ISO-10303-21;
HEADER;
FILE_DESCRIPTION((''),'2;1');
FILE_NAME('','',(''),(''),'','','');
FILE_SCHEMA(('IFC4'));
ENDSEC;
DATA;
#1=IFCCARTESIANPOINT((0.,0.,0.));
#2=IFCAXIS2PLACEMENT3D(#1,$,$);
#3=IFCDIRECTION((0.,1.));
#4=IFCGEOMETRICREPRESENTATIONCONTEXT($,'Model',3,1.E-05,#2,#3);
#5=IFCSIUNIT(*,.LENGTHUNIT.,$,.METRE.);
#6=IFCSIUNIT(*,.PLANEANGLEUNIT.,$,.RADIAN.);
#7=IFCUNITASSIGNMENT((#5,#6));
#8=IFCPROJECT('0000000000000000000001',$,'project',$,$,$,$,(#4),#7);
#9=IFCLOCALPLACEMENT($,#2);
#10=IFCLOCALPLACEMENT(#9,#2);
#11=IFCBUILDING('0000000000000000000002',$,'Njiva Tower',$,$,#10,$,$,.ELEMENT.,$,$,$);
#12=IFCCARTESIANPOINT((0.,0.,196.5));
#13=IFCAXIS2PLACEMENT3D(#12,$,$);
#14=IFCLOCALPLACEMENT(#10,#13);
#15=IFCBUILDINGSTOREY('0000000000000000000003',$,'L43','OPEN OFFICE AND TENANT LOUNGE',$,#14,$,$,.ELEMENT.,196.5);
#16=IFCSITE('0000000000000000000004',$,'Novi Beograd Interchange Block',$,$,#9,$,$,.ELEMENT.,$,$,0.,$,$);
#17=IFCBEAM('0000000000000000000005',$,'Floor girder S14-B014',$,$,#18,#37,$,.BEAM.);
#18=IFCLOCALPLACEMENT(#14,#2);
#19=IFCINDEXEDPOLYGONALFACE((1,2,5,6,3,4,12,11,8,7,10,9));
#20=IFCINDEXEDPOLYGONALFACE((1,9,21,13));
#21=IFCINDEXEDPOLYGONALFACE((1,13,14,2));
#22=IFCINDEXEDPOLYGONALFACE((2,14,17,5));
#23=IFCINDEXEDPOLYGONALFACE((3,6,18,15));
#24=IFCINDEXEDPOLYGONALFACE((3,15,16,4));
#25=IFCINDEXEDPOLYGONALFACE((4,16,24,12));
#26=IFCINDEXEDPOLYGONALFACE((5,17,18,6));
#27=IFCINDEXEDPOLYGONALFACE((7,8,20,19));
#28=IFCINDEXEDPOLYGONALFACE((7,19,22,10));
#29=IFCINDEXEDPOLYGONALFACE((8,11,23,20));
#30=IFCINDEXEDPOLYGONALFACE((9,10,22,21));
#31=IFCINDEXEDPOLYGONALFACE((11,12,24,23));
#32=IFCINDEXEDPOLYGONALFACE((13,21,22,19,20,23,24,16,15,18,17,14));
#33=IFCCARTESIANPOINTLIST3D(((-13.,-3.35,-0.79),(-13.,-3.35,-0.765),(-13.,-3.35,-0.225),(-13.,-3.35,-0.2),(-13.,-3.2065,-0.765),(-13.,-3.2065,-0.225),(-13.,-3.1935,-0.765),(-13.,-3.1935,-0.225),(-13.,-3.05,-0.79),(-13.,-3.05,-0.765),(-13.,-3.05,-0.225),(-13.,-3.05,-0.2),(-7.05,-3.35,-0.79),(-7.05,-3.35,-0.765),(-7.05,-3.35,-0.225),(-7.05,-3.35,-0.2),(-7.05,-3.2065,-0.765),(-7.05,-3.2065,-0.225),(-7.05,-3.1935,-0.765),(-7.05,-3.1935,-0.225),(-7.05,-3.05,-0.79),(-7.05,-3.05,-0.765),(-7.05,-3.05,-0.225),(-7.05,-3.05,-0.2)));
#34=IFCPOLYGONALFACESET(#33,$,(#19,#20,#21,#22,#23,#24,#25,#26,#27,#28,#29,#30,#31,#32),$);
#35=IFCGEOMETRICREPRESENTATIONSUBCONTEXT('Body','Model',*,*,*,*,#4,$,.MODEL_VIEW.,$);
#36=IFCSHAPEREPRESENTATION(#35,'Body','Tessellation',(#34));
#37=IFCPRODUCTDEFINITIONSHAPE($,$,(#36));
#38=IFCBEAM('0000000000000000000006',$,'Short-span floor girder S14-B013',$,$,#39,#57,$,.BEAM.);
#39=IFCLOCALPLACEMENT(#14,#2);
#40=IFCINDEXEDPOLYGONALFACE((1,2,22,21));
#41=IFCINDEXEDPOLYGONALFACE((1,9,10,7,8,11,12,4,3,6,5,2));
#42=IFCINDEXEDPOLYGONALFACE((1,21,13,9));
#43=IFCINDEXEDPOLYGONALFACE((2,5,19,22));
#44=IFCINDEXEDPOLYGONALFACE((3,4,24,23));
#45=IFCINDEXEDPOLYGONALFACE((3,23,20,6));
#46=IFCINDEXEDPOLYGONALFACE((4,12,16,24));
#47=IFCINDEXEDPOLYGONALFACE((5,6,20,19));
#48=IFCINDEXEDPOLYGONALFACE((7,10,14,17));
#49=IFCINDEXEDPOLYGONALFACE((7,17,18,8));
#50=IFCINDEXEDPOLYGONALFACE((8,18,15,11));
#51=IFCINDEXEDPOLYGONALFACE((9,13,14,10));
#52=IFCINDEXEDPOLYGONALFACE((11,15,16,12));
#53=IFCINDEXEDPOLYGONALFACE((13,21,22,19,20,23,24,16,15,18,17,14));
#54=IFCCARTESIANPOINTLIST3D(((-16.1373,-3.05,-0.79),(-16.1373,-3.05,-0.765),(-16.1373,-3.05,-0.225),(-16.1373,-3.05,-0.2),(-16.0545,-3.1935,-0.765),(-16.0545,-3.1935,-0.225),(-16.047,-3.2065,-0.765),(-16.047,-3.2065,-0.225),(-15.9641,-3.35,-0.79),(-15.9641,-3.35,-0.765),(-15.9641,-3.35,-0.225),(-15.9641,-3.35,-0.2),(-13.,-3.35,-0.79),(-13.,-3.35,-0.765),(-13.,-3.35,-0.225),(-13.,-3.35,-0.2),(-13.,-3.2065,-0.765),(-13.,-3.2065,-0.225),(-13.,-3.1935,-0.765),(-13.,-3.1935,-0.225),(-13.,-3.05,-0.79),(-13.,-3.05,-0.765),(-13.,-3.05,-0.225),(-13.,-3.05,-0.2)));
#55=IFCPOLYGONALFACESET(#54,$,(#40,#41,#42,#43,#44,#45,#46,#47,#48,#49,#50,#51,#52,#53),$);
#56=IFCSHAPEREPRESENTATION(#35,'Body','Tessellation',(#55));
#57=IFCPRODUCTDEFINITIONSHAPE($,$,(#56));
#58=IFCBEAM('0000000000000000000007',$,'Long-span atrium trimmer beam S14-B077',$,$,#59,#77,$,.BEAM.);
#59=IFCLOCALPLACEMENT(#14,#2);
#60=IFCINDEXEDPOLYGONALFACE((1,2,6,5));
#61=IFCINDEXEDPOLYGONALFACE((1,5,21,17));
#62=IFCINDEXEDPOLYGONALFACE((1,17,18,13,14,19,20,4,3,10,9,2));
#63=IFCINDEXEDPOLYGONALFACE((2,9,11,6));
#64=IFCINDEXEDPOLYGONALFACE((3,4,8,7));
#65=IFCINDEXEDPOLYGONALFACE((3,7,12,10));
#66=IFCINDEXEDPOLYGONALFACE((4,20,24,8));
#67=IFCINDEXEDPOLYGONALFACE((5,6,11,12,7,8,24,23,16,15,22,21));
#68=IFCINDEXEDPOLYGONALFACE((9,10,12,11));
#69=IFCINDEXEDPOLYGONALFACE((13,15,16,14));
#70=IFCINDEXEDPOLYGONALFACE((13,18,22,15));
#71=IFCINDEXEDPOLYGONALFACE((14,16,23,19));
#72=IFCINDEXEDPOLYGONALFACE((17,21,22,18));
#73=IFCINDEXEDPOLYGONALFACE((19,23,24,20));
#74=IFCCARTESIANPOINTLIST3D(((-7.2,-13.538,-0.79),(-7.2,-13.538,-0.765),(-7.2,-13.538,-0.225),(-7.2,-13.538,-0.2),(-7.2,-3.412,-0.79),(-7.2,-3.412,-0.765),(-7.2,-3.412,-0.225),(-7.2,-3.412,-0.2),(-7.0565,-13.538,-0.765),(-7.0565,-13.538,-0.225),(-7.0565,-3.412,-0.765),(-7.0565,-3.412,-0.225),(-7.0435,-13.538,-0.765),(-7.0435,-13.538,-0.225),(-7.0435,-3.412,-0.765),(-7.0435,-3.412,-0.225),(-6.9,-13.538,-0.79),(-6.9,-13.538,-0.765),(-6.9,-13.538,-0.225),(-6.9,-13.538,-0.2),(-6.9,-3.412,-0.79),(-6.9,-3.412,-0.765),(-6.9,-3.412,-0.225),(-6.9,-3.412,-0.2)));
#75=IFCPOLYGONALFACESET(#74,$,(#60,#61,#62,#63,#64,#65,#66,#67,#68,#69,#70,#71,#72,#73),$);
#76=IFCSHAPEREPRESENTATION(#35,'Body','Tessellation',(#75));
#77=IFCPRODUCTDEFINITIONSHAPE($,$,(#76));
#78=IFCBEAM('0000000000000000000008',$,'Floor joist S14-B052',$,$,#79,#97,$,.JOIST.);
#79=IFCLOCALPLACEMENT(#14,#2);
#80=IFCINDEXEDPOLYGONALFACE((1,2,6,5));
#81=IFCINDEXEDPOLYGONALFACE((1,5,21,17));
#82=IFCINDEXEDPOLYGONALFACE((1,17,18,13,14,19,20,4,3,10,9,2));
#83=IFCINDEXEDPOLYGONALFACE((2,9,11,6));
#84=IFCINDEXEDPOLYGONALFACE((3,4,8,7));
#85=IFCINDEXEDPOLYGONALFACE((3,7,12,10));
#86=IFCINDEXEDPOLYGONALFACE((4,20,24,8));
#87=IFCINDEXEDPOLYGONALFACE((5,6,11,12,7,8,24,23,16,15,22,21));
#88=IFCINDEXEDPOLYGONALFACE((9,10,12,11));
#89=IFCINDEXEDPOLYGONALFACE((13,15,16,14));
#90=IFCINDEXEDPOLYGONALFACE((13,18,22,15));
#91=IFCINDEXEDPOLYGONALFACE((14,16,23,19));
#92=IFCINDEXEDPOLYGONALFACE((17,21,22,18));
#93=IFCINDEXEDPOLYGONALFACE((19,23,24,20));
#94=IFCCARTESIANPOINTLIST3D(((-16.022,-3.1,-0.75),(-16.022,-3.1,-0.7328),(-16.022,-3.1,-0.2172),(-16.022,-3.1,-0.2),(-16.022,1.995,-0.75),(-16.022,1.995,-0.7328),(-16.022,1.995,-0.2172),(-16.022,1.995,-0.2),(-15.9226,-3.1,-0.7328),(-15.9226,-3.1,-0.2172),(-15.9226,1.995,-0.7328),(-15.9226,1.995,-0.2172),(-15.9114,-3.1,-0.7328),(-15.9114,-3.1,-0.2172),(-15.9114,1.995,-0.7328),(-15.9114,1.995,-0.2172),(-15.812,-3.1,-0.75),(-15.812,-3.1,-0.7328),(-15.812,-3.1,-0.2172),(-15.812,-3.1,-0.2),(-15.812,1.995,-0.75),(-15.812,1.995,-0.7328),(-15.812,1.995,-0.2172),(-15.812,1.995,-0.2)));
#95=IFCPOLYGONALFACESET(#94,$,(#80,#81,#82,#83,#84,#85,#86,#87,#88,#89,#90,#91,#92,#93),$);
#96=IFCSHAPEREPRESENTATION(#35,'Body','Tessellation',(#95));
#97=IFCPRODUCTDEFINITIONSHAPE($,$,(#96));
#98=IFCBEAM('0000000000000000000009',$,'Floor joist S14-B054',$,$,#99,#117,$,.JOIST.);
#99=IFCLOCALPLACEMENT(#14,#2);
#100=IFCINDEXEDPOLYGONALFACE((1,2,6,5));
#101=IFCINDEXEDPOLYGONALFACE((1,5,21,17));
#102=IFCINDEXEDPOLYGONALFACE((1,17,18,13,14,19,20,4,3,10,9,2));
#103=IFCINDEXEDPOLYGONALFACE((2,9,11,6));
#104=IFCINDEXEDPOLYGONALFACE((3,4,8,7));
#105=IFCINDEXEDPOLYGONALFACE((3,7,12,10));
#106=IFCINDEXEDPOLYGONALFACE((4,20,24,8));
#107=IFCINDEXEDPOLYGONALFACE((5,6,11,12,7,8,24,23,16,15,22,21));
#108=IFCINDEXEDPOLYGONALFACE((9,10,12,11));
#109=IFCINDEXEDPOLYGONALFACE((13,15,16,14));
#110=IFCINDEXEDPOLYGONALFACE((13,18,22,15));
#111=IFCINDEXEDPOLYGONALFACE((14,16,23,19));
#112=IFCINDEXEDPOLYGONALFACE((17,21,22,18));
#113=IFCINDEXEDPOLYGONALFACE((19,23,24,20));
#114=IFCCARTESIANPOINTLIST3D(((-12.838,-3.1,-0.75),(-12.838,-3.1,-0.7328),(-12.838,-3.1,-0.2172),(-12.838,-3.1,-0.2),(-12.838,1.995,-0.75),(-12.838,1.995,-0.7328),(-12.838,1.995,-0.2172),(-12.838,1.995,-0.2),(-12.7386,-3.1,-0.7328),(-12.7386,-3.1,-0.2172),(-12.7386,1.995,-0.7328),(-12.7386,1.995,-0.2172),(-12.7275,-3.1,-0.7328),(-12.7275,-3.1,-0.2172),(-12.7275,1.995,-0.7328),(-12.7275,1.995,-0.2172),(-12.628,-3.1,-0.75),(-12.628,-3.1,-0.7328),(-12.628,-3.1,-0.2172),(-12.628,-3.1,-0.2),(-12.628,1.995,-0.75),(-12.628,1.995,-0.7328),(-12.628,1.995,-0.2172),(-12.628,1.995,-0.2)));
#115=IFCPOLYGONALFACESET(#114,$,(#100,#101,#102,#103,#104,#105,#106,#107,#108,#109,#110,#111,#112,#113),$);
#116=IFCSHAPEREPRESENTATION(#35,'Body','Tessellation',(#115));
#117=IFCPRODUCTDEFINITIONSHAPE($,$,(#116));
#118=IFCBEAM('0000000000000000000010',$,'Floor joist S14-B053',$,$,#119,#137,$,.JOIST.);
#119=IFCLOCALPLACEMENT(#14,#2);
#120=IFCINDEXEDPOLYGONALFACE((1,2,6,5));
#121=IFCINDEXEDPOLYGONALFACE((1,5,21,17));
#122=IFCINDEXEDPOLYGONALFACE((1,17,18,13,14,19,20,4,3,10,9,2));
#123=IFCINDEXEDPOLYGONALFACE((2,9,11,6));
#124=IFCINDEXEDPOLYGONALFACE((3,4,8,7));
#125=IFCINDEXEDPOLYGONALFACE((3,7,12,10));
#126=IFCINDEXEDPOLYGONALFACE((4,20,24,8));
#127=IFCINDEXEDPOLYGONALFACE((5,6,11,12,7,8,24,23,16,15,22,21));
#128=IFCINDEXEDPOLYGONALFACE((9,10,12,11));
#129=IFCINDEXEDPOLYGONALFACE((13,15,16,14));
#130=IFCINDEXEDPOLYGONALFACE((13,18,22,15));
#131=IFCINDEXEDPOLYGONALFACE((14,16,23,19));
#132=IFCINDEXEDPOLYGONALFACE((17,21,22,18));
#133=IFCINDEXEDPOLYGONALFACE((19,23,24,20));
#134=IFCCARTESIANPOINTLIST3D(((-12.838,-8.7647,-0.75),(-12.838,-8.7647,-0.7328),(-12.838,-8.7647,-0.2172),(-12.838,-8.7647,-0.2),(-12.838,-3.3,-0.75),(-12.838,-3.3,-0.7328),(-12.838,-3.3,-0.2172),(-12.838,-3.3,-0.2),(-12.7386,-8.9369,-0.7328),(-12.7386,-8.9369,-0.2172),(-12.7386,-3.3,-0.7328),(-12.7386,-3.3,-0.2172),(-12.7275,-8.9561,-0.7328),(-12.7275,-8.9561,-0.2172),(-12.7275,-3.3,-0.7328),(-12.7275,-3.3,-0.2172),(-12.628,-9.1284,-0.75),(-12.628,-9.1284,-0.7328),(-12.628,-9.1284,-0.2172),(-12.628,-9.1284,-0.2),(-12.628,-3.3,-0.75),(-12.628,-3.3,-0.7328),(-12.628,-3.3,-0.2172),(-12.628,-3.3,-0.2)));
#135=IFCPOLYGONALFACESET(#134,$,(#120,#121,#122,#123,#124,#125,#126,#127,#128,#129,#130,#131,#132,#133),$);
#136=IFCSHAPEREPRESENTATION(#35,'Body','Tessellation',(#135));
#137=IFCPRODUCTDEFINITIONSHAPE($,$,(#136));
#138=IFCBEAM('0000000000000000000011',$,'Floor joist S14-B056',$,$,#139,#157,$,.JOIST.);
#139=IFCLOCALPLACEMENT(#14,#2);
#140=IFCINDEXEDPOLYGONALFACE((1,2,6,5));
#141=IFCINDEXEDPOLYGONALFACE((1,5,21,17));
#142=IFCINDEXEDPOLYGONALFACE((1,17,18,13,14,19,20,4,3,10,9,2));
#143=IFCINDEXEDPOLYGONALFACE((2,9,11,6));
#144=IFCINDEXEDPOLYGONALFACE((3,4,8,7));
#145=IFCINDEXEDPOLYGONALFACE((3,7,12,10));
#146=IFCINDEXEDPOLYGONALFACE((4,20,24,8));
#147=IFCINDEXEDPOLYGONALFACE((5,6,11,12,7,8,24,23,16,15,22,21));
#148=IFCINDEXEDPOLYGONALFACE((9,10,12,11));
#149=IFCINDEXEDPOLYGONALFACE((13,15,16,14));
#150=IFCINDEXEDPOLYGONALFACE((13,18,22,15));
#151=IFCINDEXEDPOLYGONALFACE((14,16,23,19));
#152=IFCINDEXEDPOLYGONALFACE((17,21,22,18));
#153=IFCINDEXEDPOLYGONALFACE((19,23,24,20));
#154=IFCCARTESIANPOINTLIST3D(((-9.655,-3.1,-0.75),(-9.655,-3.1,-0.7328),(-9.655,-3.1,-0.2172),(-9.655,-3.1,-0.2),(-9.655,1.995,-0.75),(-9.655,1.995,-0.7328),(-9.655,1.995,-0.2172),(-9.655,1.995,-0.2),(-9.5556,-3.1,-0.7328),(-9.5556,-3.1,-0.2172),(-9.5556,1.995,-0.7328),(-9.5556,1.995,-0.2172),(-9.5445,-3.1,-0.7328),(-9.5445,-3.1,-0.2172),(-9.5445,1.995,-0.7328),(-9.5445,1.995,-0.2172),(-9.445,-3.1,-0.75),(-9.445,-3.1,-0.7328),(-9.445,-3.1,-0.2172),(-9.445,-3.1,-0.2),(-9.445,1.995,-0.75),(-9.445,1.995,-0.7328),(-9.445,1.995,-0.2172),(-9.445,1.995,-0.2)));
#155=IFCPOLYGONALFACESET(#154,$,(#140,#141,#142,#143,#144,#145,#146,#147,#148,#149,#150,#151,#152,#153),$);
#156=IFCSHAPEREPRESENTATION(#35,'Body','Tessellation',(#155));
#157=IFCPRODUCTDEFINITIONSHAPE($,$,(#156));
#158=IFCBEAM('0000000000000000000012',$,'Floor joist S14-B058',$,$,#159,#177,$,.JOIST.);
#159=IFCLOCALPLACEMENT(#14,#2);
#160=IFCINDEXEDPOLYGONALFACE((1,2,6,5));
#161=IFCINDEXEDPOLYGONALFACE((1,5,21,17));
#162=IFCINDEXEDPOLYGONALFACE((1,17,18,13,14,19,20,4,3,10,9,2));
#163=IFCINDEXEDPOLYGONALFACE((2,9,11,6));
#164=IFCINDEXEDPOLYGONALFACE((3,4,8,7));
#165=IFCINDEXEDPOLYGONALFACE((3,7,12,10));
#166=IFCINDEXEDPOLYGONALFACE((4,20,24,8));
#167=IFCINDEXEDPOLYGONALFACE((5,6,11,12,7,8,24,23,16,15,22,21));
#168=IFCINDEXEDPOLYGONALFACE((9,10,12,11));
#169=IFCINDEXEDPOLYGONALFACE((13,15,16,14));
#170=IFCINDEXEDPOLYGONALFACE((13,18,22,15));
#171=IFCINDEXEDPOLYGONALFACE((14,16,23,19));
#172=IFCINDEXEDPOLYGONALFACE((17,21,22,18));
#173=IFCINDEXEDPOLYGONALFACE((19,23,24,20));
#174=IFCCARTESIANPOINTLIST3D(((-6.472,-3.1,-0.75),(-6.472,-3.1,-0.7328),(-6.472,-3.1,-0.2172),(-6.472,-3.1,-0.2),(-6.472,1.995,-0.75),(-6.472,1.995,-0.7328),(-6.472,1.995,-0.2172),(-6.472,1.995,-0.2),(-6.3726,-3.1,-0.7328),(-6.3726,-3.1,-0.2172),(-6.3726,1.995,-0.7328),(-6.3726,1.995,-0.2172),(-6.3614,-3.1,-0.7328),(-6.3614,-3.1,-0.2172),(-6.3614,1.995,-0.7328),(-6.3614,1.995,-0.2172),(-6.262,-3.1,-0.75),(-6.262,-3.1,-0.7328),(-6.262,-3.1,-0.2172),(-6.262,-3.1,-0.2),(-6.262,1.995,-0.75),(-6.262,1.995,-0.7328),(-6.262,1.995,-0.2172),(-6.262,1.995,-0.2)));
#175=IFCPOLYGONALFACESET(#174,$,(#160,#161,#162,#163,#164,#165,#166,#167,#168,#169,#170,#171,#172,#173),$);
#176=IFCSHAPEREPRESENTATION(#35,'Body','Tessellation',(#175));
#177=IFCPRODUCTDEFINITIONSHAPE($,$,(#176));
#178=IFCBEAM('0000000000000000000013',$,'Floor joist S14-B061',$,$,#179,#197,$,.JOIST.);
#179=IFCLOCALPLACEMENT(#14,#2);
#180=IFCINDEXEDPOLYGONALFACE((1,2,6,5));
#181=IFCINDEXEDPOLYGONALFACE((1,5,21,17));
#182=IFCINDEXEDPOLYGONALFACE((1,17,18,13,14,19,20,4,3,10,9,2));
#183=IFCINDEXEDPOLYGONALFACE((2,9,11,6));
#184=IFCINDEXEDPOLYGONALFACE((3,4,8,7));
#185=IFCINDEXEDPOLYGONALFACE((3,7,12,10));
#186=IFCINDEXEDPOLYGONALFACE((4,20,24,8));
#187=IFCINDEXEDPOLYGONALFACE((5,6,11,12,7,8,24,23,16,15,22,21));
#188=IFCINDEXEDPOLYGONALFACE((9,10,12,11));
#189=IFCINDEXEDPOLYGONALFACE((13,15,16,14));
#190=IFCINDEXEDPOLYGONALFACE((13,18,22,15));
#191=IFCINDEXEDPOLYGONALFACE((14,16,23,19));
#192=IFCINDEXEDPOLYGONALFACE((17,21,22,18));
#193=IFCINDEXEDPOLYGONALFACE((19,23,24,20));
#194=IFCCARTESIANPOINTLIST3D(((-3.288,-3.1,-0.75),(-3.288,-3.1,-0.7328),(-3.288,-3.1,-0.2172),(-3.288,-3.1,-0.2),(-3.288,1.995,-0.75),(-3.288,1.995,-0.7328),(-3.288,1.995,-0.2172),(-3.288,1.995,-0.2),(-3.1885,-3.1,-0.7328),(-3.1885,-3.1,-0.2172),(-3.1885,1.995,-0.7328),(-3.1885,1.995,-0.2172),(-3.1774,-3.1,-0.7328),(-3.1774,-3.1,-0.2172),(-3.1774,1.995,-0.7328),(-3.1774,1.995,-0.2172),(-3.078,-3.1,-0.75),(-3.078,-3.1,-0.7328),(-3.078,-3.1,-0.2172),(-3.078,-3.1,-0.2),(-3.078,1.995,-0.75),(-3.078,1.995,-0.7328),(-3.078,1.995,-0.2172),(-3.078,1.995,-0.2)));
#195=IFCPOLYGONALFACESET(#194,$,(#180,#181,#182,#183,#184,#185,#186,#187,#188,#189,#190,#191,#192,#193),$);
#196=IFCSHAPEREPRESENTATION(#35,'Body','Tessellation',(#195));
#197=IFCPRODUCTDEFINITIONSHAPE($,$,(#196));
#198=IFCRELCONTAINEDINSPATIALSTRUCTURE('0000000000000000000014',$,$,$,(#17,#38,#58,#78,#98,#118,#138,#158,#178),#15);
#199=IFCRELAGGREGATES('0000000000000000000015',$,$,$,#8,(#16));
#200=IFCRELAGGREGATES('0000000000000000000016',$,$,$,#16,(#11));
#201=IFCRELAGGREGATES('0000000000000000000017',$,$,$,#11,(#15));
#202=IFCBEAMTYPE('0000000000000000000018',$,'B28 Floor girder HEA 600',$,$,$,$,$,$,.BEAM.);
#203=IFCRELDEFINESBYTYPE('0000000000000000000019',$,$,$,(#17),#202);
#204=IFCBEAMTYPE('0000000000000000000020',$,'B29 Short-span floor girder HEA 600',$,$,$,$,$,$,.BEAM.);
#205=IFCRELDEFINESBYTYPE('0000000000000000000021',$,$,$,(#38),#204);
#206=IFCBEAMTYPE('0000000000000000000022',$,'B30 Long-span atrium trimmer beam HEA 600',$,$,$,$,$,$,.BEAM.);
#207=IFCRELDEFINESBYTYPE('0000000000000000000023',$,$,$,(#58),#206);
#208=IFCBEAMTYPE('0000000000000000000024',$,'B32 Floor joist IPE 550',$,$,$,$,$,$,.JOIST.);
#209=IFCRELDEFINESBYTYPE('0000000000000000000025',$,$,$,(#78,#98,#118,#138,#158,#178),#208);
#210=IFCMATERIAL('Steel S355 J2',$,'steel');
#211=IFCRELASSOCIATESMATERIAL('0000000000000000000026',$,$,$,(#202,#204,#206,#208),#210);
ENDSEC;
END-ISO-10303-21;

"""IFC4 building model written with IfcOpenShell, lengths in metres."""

from ifc_helpers import new_model, si_unit, direction, frame, origin, origin_2d, place, context, subcontext, project, spatial, i_section, extrude, clip, halfspace, material, material_profile, profile_set, type_object, element, save


model = new_model("IFC4")

# Units and contexts
model_context = context("Model", 3, precision=1e-05, world=origin(), true_north=direction((0.0, 1.0)))
body_context = subcontext(model_context, "Body", "Model", "MODEL_VIEW")
ifc_project = project(units=[si_unit("LENGTHUNIT", "METRE"), si_unit("PLANEANGLEUNIT", "RADIAN")], contexts=[model_context])

# Site, building, storey
site_placement = place(None, origin())
site = spatial("IfcSite", under=ifc_project, at=site_placement, Name="Novi Beograd Interchange Block", CompositionType="ELEMENT", RefElevation=0.0)
building_placement = place(site_placement, origin())
building = spatial("IfcBuilding", under=site, at=building_placement, Name="Njiva Tower", CompositionType="ELEMENT")
storey_placement = place(building_placement, frame((0.0, 0.0, 196.5)))
storey = spatial("IfcBuildingStorey", under=building, at=storey_placement, Name="L43", Description="OPEN OFFICE AND TENANT LOUNGE", CompositionType="ELEMENT", Elevation=196.5)

# Shared definitions
ifc_material_1 = material(Name="Steel S355 J2", Category="steel")

# Beams
ifc_material_profile_1 = material_profile(ifc_material_1, i_section(OverallWidth=0.3, OverallDepth=0.59, WebThickness=0.013, FlangeThickness=0.025, at=origin_2d()), Name="HEA 600")
ifc_profile_set_1 = profile_set([ifc_material_profile_1], Name="Steel S355 J2")
beam_type_1 = type_object("IfcBeamType", Name="B28 Floor girder HEA 600", PredefinedType="BEAM", material=ifc_profile_set_1)
beam_1_placement = place(storey_placement, frame((-13.0, -3.2, -0.495), z_axis=(1.0, 0.0, 0.0), x_axis=(0.0, 1.0, 0.0)))
element("IfcBeam", 1, at=beam_1_placement, inside=storey, type_object=beam_type_1, Name="Floor girder S14-B014", PredefinedType="BEAM", context=body_context, shape_type="SweptSolid", body=[
    extrude(i_section(OverallWidth=0.3, OverallDepth=0.59, WebThickness=0.013, FlangeThickness=0.025, at=origin_2d()), origin(), (0.0, 0.0, 1.0), 5.95),
])
ifc_material_profile_2 = material_profile(ifc_material_1, i_section(OverallWidth=0.3, OverallDepth=0.59, WebThickness=0.013, FlangeThickness=0.025, at=origin_2d()), Name="HEA 600")
ifc_profile_set_2 = profile_set([ifc_material_profile_2], Name="Steel S355 J2")
beam_type_2 = type_object("IfcBeamType", Name="B29 Short-span floor girder HEA 600", PredefinedType="BEAM", material=ifc_profile_set_2)
beam_2_placement = place(storey_placement, frame((-16.158, -3.2, -0.495), z_axis=(1.0, 0.0, 0.0), x_axis=(0.0, 1.0, 0.0)))
element("IfcBeam", 2, at=beam_2_placement, inside=storey, type_object=beam_type_2, Name="Short-span floor girder S14-B013", PredefinedType="BEAM", context=body_context, shape_type="Clipping", body=[
    clip(extrude(i_section(OverallWidth=0.3, OverallDepth=0.59, WebThickness=0.013, FlangeThickness=0.025, at=origin_2d()), origin(), (0.0, 0.0, 1.0), 3.158), halfspace(frame((-0.025, 0.0, 0.1217), z_axis=(-0.499998, 0.0, -0.866027), x_axis=(0.0, -1.0, 0.0)), False)),
])
ifc_material_profile_3 = material_profile(ifc_material_1, i_section(OverallWidth=0.3, OverallDepth=0.59, WebThickness=0.013, FlangeThickness=0.025, at=origin_2d()), Name="HEA 600")
ifc_profile_set_3 = profile_set([ifc_material_profile_3], Name="Steel S355 J2")
beam_type_3 = type_object("IfcBeamType", Name="B30 Long-span atrium trimmer beam HEA 600", PredefinedType="BEAM", material=ifc_profile_set_3)
beam_3_placement = place(storey_placement, frame((-7.05, -3.412, -0.495), z_axis=(0.0, -1.0, 0.0), x_axis=(1.0, 0.0, 0.0)))
element("IfcBeam", 3, at=beam_3_placement, inside=storey, type_object=beam_type_3, Name="Long-span atrium trimmer beam S14-B077", PredefinedType="BEAM", context=body_context, shape_type="SweptSolid", body=[
    extrude(i_section(OverallWidth=0.3, OverallDepth=0.59, WebThickness=0.013, FlangeThickness=0.025, at=origin_2d()), origin(), (0.0, 0.0, 1.0), 10.126),
])
ifc_material_profile_4 = material_profile(ifc_material_1, i_section(OverallWidth=0.21, OverallDepth=0.55, WebThickness=0.0111, FlangeThickness=0.0172, at=origin_2d()), Name="IPE 550")
ifc_profile_set_4 = profile_set([ifc_material_profile_4], Name="Steel S355 J2")
beam_type_4 = type_object("IfcBeamType", Name="B32 Floor joist IPE 550", PredefinedType="JOIST", material=ifc_profile_set_4)
for number, where, z_axis, x_axis, name in (
    (4, (-15.917, 1.995, -0.475), (0.0, -1.0, 0.0), (1.0, 0.0, 0.0), "Floor joist S14-B052"),
    (5, (-12.733, 1.995, -0.475), (0.0, -1.0, 0.0), (1.0, 0.0, 0.0), "Floor joist S14-B054"),
):
    element("IfcBeam", number, at=place(storey_placement, frame(where, z_axis=z_axis, x_axis=x_axis)), inside=storey, type_object=beam_type_4, Name=name, PredefinedType="JOIST", context=body_context, shape_type="SweptSolid", body=[
        extrude(i_section(OverallWidth=0.21, OverallDepth=0.55, WebThickness=0.0111, FlangeThickness=0.0172, at=origin_2d()), origin(), (0.0, 0.0, 1.0), 5.095),
    ])
beam_4_placement = place(storey_placement, frame((-12.733, -3.3, -0.475), z_axis=(0.0, -1.0, 0.0), x_axis=(1.0, 0.0, 0.0)))
element("IfcBeam", 6, at=beam_4_placement, inside=storey, type_object=beam_type_4, Name="Floor joist S14-B053", PredefinedType="JOIST", context=body_context, shape_type="Clipping", body=[
    clip(extrude(i_section(OverallWidth=0.21, OverallDepth=0.55, WebThickness=0.0111, FlangeThickness=0.0172, at=origin_2d()), origin(), (0.0, 0.0, 1.0), 5.848), halfspace(frame((-0.0436, 0.0, 5.571), z_axis=(-0.866027, 0.0, 0.499998), x_axis=(0.0, 1.0, 0.0)), False)),
])
for number, where, z_axis, x_axis, name in (
    (7, (-9.55, 1.995, -0.475), (0.0, -1.0, 0.0), (1.0, 0.0, 0.0), "Floor joist S14-B056"),
    (8, (-6.367, 1.995, -0.475), (0.0, -1.0, 0.0), (1.0, 0.0, 0.0), "Floor joist S14-B058"),
    (9, (-3.183, 1.995, -0.475), (0.0, -1.0, 0.0), (1.0, 0.0, 0.0), "Floor joist S14-B061"),
):
    element("IfcBeam", number, at=place(storey_placement, frame(where, z_axis=z_axis, x_axis=x_axis)), inside=storey, type_object=beam_type_4, Name=name, PredefinedType="JOIST", context=body_context, shape_type="SweptSolid", body=[
        extrude(i_section(OverallWidth=0.21, OverallDepth=0.55, WebThickness=0.0111, FlangeThickness=0.0172, at=origin_2d()), origin(), (0.0, 0.0, 1.0), 5.095),
    ])

save(model, "model.ifc")
